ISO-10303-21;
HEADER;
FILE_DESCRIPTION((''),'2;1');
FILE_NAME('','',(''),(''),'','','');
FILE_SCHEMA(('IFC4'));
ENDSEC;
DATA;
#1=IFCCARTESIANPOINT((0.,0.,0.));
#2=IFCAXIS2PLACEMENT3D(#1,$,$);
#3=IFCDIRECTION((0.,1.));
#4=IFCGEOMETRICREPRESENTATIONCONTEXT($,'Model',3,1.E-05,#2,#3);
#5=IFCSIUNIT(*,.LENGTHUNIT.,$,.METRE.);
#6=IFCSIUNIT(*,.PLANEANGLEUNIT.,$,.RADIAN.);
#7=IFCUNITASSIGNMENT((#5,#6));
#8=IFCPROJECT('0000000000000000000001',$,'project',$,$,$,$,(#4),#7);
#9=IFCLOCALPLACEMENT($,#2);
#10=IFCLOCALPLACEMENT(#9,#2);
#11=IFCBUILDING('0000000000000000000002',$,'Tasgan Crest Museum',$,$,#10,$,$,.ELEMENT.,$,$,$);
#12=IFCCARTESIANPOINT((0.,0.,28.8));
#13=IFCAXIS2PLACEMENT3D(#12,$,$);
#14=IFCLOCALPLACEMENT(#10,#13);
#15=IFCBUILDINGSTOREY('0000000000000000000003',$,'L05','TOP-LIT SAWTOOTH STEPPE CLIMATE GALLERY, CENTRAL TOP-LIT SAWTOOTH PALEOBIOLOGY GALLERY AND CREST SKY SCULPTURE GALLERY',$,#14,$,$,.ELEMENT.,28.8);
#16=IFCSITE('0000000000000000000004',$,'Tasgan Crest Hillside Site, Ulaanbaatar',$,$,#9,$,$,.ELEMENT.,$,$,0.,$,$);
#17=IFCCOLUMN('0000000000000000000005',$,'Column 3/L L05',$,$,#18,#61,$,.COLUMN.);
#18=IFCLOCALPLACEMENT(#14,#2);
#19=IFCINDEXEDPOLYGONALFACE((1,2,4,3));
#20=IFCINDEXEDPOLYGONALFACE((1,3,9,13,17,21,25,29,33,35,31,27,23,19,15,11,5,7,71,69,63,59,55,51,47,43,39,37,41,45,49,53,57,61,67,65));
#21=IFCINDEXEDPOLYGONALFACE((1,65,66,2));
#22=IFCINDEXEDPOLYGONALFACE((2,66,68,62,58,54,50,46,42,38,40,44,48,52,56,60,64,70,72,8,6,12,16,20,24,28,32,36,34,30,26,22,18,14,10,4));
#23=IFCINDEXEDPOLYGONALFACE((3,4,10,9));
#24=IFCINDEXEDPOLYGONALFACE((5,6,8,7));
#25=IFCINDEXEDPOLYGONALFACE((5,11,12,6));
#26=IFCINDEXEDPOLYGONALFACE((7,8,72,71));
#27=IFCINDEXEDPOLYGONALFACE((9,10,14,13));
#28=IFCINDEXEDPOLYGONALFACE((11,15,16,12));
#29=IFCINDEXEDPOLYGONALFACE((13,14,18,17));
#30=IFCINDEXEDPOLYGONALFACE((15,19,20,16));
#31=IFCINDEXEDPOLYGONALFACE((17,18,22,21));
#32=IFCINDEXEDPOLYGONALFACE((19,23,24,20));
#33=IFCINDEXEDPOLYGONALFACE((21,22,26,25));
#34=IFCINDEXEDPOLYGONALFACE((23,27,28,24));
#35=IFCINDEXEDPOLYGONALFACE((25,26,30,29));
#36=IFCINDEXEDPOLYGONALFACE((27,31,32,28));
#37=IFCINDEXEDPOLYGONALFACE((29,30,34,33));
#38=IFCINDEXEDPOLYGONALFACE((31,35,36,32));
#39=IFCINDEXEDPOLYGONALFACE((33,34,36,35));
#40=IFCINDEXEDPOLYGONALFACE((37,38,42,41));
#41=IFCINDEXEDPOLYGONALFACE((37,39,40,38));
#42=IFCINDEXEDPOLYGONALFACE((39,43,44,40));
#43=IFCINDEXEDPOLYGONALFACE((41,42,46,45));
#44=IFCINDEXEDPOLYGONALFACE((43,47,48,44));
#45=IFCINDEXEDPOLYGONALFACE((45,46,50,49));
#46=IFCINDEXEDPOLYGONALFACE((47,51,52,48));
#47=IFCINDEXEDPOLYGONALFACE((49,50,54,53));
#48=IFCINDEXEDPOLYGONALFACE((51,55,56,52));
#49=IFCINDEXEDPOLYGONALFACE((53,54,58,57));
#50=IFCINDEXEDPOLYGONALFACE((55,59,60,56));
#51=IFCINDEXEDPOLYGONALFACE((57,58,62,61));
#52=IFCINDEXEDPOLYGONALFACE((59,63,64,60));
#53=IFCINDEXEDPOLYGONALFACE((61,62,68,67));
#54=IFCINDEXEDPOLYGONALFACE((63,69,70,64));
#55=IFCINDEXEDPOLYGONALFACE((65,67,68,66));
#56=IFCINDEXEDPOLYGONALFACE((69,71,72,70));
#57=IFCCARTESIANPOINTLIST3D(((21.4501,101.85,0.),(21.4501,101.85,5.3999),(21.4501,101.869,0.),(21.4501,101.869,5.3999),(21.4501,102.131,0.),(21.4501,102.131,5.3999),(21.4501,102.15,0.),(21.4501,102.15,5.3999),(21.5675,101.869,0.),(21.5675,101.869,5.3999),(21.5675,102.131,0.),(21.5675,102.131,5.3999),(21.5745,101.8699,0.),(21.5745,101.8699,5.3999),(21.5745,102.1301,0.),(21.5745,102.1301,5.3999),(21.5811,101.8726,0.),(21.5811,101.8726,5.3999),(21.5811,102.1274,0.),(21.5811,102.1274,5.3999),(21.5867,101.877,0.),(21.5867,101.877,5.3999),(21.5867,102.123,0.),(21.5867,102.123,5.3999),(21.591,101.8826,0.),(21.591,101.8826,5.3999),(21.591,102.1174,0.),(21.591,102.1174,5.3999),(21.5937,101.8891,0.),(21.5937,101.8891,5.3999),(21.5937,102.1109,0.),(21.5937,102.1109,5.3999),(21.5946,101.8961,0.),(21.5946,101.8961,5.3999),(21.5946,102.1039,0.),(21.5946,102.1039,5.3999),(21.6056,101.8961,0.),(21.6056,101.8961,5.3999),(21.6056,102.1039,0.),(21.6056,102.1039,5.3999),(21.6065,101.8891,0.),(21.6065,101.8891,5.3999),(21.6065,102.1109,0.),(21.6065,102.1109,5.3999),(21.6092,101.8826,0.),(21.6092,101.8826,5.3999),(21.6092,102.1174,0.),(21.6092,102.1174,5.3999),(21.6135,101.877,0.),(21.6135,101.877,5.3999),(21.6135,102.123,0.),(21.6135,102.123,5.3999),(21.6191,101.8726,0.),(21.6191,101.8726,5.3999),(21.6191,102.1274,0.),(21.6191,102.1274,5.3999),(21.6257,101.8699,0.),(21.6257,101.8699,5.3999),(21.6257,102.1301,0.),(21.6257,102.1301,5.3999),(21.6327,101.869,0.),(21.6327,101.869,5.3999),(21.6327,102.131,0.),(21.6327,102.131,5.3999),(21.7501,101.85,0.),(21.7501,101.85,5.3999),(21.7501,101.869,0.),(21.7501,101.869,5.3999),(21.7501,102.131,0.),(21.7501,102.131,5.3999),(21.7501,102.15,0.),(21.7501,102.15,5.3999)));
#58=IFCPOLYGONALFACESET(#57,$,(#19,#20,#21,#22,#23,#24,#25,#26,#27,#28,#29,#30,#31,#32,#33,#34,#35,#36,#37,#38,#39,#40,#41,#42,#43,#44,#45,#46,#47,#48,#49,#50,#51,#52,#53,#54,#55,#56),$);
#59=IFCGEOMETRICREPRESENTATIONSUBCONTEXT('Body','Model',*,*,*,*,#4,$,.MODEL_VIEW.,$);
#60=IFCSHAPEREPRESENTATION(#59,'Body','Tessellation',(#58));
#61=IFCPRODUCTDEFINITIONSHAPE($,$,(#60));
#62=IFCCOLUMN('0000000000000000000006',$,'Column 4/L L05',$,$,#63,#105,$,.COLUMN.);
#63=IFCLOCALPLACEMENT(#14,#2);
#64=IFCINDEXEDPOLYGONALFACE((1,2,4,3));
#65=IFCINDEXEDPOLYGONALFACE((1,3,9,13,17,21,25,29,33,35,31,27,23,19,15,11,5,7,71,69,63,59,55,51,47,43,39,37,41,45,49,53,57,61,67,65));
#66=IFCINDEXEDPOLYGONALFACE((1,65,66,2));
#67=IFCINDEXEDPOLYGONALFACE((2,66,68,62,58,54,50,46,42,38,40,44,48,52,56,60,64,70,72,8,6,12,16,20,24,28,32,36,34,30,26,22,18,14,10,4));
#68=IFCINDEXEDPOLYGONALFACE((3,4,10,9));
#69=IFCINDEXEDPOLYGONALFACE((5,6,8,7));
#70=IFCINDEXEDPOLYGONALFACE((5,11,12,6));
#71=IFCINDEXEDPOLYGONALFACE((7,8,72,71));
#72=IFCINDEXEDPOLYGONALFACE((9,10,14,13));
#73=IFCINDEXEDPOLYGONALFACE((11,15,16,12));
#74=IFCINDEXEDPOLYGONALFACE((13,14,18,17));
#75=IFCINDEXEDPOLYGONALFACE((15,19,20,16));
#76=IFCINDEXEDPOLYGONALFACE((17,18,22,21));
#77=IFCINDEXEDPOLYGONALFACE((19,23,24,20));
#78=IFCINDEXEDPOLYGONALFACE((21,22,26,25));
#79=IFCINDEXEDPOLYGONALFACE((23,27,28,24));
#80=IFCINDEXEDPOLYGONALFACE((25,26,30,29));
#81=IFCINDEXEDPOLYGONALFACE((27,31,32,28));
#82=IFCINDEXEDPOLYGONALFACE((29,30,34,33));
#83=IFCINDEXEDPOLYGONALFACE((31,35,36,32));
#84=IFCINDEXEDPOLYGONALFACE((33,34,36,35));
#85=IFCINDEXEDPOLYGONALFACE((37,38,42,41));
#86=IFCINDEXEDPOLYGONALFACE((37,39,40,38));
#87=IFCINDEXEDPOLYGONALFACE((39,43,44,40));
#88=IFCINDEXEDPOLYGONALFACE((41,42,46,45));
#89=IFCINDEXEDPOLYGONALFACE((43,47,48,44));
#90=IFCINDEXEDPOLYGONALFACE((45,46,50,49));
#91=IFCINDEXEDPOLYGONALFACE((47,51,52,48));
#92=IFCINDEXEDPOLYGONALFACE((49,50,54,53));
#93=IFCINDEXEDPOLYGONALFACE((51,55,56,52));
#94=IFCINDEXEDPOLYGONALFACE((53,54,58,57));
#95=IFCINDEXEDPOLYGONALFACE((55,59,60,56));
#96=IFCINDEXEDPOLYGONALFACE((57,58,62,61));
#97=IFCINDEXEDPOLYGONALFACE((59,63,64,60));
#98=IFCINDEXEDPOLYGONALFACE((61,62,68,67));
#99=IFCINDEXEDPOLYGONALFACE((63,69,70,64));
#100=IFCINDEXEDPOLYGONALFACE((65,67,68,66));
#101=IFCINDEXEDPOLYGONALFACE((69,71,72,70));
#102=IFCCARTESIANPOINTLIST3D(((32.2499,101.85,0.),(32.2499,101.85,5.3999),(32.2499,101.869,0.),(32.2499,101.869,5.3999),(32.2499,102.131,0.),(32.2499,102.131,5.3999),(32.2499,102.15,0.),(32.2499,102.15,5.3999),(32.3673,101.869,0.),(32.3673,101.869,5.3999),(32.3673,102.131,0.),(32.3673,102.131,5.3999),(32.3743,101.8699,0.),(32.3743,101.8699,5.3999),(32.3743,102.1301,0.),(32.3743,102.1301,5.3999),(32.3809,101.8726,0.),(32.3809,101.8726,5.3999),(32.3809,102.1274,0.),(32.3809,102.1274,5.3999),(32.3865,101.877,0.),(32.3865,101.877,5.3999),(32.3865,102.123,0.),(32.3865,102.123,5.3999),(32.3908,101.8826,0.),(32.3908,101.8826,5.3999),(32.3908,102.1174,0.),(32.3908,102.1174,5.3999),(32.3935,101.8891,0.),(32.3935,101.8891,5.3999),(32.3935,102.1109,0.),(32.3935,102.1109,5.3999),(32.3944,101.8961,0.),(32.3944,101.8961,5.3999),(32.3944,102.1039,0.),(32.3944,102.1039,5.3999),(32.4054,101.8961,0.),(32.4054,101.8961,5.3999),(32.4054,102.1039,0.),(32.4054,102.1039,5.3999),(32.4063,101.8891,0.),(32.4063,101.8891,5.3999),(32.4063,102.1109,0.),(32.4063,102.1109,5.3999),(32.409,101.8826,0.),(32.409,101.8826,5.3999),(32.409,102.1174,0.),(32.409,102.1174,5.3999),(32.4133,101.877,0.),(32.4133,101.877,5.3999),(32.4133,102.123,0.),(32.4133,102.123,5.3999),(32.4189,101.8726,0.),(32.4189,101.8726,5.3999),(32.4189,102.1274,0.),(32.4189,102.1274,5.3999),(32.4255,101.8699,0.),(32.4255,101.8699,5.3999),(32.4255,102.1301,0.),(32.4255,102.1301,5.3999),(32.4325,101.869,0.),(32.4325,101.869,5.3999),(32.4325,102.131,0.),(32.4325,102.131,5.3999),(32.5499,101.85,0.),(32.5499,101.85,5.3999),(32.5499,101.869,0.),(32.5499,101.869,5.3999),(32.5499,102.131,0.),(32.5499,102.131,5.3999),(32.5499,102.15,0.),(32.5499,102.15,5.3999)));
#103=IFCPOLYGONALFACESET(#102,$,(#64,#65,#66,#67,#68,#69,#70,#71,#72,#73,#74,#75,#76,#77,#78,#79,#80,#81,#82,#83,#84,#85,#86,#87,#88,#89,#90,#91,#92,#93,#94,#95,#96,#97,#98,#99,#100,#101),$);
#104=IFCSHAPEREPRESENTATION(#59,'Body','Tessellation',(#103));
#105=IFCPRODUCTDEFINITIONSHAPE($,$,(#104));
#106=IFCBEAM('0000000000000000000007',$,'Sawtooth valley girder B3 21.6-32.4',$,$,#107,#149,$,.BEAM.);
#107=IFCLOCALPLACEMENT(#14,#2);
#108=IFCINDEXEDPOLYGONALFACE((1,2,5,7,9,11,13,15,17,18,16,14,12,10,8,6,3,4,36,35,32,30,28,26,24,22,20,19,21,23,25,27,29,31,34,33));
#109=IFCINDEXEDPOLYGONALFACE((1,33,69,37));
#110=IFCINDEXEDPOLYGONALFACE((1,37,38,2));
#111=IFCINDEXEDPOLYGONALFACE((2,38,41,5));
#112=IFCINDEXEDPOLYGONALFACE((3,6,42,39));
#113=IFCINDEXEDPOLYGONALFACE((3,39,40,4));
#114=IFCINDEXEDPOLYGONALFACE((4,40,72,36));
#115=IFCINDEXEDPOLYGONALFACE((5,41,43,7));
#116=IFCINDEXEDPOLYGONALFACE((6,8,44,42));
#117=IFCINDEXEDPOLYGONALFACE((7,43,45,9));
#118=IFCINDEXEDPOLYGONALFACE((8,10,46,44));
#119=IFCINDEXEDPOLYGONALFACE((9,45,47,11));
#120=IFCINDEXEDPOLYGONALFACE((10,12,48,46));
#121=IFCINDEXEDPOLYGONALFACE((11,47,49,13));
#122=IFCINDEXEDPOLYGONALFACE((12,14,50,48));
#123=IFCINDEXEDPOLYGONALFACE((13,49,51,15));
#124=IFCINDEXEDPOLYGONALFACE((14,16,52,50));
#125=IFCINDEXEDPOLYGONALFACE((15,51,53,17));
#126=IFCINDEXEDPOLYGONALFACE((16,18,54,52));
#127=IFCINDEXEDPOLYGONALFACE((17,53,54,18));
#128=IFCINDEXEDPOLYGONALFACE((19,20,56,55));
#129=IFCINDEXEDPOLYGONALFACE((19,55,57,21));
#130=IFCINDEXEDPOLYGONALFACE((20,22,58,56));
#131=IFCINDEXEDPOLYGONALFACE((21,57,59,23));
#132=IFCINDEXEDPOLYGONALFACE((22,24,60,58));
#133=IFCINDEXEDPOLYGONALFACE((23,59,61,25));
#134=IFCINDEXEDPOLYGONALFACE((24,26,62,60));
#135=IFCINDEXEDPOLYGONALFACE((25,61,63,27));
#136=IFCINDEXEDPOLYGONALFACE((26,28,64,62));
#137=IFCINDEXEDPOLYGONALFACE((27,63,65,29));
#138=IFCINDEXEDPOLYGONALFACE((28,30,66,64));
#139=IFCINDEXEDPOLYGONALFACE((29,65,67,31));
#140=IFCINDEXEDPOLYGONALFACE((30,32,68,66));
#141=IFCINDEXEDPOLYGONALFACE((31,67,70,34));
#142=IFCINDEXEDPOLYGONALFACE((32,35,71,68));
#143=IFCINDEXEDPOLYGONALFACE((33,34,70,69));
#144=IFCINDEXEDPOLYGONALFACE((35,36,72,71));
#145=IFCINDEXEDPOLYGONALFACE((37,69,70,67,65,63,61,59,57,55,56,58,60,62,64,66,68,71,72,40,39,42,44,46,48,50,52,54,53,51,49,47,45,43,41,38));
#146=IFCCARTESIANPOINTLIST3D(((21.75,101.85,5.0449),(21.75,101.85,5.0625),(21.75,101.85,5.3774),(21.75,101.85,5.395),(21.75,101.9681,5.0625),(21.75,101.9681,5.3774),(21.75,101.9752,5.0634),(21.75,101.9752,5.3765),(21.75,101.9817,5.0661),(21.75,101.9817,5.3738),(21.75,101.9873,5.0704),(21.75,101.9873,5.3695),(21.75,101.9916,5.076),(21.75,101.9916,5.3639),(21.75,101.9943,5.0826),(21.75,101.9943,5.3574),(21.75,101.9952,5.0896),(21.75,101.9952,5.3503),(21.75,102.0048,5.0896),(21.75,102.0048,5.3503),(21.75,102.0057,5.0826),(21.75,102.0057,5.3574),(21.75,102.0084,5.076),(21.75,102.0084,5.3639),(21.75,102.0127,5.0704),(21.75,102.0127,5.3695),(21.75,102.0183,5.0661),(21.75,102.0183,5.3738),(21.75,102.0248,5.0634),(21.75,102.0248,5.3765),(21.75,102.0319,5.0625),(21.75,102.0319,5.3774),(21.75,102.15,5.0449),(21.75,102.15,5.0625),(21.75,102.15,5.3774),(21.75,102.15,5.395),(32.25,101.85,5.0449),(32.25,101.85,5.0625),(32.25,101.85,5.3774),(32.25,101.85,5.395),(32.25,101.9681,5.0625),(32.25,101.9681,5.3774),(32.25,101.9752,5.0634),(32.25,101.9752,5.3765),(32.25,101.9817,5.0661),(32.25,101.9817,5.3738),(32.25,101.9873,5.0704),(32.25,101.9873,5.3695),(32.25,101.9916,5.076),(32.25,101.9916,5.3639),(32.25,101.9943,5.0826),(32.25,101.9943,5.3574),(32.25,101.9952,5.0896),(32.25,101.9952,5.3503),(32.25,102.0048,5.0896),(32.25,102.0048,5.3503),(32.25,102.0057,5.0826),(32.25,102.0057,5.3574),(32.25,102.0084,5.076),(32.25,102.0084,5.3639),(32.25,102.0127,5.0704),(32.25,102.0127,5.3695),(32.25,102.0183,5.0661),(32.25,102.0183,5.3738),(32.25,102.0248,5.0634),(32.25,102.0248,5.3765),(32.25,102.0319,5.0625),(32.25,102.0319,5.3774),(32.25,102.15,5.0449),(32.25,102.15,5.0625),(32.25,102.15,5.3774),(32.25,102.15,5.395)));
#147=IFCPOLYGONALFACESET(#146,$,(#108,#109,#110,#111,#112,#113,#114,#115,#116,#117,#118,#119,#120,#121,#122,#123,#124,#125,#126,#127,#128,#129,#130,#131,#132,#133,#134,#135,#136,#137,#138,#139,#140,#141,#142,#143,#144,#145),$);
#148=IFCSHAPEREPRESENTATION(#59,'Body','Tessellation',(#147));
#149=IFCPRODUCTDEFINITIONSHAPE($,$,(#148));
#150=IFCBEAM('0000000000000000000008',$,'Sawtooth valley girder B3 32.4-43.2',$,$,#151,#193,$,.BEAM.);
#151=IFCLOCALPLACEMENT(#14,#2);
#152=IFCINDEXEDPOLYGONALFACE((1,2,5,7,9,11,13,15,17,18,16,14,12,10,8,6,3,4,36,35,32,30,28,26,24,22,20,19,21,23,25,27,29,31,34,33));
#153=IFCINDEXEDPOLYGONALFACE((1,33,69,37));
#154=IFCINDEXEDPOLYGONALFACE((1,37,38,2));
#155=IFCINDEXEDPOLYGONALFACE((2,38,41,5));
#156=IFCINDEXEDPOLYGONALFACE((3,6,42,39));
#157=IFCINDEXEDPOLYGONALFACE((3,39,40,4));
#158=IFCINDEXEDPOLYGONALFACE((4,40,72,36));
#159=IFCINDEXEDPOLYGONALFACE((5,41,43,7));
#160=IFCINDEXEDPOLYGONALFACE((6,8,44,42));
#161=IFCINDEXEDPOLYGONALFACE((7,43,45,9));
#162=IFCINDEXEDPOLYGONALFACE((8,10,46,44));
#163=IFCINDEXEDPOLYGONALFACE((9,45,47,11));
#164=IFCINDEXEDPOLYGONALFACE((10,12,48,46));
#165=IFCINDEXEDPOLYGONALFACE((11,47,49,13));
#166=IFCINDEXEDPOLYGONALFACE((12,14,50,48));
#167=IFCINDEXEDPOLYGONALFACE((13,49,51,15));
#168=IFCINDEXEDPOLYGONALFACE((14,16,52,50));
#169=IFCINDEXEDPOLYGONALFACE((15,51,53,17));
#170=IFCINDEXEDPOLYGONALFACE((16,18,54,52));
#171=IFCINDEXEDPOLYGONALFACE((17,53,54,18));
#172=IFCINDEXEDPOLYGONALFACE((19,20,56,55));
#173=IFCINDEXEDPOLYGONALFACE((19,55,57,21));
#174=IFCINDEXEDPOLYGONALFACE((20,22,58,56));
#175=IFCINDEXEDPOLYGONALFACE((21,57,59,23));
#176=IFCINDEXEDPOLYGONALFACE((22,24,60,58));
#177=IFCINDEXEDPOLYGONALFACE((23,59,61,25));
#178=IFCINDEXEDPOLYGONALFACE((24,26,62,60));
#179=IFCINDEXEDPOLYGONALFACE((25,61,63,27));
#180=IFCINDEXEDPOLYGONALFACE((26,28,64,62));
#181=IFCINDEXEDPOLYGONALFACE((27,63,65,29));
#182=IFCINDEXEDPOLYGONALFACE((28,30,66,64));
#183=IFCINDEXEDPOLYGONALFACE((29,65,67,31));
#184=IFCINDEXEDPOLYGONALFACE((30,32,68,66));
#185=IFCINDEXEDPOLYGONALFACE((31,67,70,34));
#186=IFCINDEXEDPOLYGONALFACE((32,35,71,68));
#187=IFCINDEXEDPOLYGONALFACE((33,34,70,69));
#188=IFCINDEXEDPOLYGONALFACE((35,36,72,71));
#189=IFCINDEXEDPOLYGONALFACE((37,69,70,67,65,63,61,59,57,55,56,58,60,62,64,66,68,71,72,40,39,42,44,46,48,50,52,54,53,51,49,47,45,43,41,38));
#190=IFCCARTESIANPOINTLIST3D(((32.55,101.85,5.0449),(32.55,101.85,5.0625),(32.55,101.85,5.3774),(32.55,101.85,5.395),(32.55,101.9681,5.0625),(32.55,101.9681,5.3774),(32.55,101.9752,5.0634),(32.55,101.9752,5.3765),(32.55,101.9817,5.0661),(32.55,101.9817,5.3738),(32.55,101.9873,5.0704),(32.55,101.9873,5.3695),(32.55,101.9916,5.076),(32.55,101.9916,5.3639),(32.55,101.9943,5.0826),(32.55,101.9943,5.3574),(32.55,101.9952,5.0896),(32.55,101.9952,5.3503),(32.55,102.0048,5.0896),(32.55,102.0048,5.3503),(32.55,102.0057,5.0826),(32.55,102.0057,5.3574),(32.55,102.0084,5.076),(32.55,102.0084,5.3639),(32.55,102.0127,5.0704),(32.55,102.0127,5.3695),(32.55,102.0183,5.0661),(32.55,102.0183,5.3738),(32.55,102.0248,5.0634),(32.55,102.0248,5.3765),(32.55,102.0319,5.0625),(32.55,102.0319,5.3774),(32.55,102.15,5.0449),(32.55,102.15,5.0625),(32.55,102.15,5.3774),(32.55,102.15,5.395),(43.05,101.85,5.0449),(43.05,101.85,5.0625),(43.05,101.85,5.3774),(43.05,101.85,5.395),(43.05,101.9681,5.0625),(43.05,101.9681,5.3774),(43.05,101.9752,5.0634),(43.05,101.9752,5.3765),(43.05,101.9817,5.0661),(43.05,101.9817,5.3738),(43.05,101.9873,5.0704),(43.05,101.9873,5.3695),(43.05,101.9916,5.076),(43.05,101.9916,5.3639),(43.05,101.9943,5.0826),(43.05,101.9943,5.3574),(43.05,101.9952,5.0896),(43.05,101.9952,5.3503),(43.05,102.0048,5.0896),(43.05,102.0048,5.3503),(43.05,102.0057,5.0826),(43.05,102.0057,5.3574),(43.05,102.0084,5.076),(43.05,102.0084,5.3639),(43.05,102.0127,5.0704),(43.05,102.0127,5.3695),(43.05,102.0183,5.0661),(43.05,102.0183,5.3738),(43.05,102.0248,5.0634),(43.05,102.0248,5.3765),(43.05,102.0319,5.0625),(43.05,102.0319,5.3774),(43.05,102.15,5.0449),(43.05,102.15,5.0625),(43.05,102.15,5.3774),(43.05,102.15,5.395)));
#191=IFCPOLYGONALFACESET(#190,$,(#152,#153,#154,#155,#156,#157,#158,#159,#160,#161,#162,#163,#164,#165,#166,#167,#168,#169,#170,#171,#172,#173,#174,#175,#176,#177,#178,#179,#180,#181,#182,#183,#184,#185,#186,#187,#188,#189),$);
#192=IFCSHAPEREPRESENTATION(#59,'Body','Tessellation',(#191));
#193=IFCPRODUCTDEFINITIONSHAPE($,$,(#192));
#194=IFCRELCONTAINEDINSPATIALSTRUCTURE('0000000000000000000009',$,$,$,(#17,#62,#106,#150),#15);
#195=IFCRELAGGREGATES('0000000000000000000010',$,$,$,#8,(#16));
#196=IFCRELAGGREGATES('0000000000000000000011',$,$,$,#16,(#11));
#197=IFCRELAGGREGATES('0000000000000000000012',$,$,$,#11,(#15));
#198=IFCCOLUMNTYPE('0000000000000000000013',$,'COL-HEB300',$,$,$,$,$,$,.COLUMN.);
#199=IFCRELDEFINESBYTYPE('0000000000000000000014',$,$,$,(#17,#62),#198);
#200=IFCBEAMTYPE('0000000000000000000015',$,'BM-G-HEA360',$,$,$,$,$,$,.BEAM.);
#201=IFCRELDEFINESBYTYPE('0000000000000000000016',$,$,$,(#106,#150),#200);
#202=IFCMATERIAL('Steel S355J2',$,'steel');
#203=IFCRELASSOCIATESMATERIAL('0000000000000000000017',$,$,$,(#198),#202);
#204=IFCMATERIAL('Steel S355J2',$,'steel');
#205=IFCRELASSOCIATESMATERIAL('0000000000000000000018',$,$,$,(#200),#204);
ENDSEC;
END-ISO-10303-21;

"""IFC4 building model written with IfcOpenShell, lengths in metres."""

from ifc_helpers import new_model, si_unit, direction, frame, origin, origin_2d, place, context, subcontext, project, spatial, i_section, extrude, material, material_profile, profile_set, type_object, element, save


model = new_model("IFC4")

# Units and contexts
model_context = context("Model", 3, precision=1e-05, world=origin(), true_north=direction((0.0, 1.0)))
body_context = subcontext(model_context, "Body", "Model", "MODEL_VIEW")
ifc_project = project(units=[si_unit("LENGTHUNIT", "METRE"), si_unit("PLANEANGLEUNIT", "RADIAN")], contexts=[model_context])

# Site, building, storey
site_placement = place(None, origin())
site = spatial("IfcSite", under=ifc_project, at=site_placement, Name="Tasgan Crest Hillside Site, Ulaanbaatar", CompositionType="ELEMENT", RefElevation=0.0)
building_placement = place(site_placement, origin())
building = spatial("IfcBuilding", under=site, at=building_placement, Name="Tasgan Crest Museum", CompositionType="ELEMENT")
storey_placement = place(building_placement, frame((0.0, 0.0, 28.8)))
storey = spatial("IfcBuildingStorey", under=building, at=storey_placement, Name="L05", Description="TOP-LIT SAWTOOTH STEPPE CLIMATE GALLERY, CENTRAL TOP-LIT SAWTOOTH PALEOBIOLOGY GALLERY AND CREST SKY SCULPTURE GALLERY", CompositionType="ELEMENT", Elevation=28.8)

# Columns
ifc_material_1 = material(Name="Steel S355J2", Category="steel")
ifc_material_profile_1 = material_profile(ifc_material_1, i_section(OverallWidth=0.3, OverallDepth=0.3, WebThickness=0.011, FlangeThickness=0.019, FilletRadius=0.0271, at=origin_2d()), Name="HEB 300")
ifc_profile_set_1 = profile_set([ifc_material_profile_1], Name="Steel S355J2")
column_type = type_object("IfcColumnType", Name="COL-HEB300", PredefinedType="COLUMN", material=ifc_profile_set_1)
for number, where, z_axis, x_axis, name in (
    (1, (21.6001, 102.0, 0.0), (0.0, 0.0, 1.0), (1.0, 0.0, 0.0), "Column 3/L L05"),
    (2, (32.3999, 102.0, 0.0), (0.0, 0.0, 1.0), (1.0, 0.0, 0.0), "Column 4/L L05"),
):
    element("IfcColumn", number, at=place(storey_placement, frame(where, z_axis=z_axis, x_axis=x_axis)), inside=storey, type_object=column_type, Name=name, PredefinedType="COLUMN", context=body_context, shape_type="SweptSolid", body=[
        extrude(i_section(OverallWidth=0.3, OverallDepth=0.3, WebThickness=0.011, FlangeThickness=0.019, FilletRadius=0.0271, at=origin_2d()), origin(), (0.0, 0.0, 1.0), 5.3999),
    ])

# Beams
ifc_material_2 = material(Name="Steel S355J2", Category="steel")
ifc_material_profile_2 = material_profile(ifc_material_2, i_section(OverallWidth=0.3, OverallDepth=0.3501, WebThickness=0.0095, FlangeThickness=0.0176, FilletRadius=0.0271, at=origin_2d()), Name="HEA 360")
ifc_profile_set_2 = profile_set([ifc_material_profile_2], Name="Steel S355J2")
beam_type_1 = type_object("IfcBeamType", Name="BM-G-HEA360", PredefinedType="BEAM", material=ifc_profile_set_2)
for number, where, z_axis, x_axis, name in (
    (3, (21.75, 102.0, 5.22), (1.0, 0.0, 0.0), (0.0, 1.0, 0.0), "Sawtooth valley girder B3 21.6-32.4"),
    (4, (32.55, 102.0, 5.22), (1.0, 0.0, 0.0), (0.0, 1.0, 0.0), "Sawtooth valley girder B3 32.4-43.2"),
):
    element("IfcBeam", number, at=place(storey_placement, frame(where, z_axis=z_axis, x_axis=x_axis)), inside=storey, type_object=beam_type_1, Name=name, PredefinedType="BEAM", context=body_context, shape_type="SweptSolid", body=[
        extrude(i_section(OverallWidth=0.3, OverallDepth=0.3501, WebThickness=0.0095, FlangeThickness=0.0176, FilletRadius=0.0271, at=origin_2d()), origin(), (0.0, 0.0, 1.0), 10.5),
    ])

save(model, "model.ifc")
